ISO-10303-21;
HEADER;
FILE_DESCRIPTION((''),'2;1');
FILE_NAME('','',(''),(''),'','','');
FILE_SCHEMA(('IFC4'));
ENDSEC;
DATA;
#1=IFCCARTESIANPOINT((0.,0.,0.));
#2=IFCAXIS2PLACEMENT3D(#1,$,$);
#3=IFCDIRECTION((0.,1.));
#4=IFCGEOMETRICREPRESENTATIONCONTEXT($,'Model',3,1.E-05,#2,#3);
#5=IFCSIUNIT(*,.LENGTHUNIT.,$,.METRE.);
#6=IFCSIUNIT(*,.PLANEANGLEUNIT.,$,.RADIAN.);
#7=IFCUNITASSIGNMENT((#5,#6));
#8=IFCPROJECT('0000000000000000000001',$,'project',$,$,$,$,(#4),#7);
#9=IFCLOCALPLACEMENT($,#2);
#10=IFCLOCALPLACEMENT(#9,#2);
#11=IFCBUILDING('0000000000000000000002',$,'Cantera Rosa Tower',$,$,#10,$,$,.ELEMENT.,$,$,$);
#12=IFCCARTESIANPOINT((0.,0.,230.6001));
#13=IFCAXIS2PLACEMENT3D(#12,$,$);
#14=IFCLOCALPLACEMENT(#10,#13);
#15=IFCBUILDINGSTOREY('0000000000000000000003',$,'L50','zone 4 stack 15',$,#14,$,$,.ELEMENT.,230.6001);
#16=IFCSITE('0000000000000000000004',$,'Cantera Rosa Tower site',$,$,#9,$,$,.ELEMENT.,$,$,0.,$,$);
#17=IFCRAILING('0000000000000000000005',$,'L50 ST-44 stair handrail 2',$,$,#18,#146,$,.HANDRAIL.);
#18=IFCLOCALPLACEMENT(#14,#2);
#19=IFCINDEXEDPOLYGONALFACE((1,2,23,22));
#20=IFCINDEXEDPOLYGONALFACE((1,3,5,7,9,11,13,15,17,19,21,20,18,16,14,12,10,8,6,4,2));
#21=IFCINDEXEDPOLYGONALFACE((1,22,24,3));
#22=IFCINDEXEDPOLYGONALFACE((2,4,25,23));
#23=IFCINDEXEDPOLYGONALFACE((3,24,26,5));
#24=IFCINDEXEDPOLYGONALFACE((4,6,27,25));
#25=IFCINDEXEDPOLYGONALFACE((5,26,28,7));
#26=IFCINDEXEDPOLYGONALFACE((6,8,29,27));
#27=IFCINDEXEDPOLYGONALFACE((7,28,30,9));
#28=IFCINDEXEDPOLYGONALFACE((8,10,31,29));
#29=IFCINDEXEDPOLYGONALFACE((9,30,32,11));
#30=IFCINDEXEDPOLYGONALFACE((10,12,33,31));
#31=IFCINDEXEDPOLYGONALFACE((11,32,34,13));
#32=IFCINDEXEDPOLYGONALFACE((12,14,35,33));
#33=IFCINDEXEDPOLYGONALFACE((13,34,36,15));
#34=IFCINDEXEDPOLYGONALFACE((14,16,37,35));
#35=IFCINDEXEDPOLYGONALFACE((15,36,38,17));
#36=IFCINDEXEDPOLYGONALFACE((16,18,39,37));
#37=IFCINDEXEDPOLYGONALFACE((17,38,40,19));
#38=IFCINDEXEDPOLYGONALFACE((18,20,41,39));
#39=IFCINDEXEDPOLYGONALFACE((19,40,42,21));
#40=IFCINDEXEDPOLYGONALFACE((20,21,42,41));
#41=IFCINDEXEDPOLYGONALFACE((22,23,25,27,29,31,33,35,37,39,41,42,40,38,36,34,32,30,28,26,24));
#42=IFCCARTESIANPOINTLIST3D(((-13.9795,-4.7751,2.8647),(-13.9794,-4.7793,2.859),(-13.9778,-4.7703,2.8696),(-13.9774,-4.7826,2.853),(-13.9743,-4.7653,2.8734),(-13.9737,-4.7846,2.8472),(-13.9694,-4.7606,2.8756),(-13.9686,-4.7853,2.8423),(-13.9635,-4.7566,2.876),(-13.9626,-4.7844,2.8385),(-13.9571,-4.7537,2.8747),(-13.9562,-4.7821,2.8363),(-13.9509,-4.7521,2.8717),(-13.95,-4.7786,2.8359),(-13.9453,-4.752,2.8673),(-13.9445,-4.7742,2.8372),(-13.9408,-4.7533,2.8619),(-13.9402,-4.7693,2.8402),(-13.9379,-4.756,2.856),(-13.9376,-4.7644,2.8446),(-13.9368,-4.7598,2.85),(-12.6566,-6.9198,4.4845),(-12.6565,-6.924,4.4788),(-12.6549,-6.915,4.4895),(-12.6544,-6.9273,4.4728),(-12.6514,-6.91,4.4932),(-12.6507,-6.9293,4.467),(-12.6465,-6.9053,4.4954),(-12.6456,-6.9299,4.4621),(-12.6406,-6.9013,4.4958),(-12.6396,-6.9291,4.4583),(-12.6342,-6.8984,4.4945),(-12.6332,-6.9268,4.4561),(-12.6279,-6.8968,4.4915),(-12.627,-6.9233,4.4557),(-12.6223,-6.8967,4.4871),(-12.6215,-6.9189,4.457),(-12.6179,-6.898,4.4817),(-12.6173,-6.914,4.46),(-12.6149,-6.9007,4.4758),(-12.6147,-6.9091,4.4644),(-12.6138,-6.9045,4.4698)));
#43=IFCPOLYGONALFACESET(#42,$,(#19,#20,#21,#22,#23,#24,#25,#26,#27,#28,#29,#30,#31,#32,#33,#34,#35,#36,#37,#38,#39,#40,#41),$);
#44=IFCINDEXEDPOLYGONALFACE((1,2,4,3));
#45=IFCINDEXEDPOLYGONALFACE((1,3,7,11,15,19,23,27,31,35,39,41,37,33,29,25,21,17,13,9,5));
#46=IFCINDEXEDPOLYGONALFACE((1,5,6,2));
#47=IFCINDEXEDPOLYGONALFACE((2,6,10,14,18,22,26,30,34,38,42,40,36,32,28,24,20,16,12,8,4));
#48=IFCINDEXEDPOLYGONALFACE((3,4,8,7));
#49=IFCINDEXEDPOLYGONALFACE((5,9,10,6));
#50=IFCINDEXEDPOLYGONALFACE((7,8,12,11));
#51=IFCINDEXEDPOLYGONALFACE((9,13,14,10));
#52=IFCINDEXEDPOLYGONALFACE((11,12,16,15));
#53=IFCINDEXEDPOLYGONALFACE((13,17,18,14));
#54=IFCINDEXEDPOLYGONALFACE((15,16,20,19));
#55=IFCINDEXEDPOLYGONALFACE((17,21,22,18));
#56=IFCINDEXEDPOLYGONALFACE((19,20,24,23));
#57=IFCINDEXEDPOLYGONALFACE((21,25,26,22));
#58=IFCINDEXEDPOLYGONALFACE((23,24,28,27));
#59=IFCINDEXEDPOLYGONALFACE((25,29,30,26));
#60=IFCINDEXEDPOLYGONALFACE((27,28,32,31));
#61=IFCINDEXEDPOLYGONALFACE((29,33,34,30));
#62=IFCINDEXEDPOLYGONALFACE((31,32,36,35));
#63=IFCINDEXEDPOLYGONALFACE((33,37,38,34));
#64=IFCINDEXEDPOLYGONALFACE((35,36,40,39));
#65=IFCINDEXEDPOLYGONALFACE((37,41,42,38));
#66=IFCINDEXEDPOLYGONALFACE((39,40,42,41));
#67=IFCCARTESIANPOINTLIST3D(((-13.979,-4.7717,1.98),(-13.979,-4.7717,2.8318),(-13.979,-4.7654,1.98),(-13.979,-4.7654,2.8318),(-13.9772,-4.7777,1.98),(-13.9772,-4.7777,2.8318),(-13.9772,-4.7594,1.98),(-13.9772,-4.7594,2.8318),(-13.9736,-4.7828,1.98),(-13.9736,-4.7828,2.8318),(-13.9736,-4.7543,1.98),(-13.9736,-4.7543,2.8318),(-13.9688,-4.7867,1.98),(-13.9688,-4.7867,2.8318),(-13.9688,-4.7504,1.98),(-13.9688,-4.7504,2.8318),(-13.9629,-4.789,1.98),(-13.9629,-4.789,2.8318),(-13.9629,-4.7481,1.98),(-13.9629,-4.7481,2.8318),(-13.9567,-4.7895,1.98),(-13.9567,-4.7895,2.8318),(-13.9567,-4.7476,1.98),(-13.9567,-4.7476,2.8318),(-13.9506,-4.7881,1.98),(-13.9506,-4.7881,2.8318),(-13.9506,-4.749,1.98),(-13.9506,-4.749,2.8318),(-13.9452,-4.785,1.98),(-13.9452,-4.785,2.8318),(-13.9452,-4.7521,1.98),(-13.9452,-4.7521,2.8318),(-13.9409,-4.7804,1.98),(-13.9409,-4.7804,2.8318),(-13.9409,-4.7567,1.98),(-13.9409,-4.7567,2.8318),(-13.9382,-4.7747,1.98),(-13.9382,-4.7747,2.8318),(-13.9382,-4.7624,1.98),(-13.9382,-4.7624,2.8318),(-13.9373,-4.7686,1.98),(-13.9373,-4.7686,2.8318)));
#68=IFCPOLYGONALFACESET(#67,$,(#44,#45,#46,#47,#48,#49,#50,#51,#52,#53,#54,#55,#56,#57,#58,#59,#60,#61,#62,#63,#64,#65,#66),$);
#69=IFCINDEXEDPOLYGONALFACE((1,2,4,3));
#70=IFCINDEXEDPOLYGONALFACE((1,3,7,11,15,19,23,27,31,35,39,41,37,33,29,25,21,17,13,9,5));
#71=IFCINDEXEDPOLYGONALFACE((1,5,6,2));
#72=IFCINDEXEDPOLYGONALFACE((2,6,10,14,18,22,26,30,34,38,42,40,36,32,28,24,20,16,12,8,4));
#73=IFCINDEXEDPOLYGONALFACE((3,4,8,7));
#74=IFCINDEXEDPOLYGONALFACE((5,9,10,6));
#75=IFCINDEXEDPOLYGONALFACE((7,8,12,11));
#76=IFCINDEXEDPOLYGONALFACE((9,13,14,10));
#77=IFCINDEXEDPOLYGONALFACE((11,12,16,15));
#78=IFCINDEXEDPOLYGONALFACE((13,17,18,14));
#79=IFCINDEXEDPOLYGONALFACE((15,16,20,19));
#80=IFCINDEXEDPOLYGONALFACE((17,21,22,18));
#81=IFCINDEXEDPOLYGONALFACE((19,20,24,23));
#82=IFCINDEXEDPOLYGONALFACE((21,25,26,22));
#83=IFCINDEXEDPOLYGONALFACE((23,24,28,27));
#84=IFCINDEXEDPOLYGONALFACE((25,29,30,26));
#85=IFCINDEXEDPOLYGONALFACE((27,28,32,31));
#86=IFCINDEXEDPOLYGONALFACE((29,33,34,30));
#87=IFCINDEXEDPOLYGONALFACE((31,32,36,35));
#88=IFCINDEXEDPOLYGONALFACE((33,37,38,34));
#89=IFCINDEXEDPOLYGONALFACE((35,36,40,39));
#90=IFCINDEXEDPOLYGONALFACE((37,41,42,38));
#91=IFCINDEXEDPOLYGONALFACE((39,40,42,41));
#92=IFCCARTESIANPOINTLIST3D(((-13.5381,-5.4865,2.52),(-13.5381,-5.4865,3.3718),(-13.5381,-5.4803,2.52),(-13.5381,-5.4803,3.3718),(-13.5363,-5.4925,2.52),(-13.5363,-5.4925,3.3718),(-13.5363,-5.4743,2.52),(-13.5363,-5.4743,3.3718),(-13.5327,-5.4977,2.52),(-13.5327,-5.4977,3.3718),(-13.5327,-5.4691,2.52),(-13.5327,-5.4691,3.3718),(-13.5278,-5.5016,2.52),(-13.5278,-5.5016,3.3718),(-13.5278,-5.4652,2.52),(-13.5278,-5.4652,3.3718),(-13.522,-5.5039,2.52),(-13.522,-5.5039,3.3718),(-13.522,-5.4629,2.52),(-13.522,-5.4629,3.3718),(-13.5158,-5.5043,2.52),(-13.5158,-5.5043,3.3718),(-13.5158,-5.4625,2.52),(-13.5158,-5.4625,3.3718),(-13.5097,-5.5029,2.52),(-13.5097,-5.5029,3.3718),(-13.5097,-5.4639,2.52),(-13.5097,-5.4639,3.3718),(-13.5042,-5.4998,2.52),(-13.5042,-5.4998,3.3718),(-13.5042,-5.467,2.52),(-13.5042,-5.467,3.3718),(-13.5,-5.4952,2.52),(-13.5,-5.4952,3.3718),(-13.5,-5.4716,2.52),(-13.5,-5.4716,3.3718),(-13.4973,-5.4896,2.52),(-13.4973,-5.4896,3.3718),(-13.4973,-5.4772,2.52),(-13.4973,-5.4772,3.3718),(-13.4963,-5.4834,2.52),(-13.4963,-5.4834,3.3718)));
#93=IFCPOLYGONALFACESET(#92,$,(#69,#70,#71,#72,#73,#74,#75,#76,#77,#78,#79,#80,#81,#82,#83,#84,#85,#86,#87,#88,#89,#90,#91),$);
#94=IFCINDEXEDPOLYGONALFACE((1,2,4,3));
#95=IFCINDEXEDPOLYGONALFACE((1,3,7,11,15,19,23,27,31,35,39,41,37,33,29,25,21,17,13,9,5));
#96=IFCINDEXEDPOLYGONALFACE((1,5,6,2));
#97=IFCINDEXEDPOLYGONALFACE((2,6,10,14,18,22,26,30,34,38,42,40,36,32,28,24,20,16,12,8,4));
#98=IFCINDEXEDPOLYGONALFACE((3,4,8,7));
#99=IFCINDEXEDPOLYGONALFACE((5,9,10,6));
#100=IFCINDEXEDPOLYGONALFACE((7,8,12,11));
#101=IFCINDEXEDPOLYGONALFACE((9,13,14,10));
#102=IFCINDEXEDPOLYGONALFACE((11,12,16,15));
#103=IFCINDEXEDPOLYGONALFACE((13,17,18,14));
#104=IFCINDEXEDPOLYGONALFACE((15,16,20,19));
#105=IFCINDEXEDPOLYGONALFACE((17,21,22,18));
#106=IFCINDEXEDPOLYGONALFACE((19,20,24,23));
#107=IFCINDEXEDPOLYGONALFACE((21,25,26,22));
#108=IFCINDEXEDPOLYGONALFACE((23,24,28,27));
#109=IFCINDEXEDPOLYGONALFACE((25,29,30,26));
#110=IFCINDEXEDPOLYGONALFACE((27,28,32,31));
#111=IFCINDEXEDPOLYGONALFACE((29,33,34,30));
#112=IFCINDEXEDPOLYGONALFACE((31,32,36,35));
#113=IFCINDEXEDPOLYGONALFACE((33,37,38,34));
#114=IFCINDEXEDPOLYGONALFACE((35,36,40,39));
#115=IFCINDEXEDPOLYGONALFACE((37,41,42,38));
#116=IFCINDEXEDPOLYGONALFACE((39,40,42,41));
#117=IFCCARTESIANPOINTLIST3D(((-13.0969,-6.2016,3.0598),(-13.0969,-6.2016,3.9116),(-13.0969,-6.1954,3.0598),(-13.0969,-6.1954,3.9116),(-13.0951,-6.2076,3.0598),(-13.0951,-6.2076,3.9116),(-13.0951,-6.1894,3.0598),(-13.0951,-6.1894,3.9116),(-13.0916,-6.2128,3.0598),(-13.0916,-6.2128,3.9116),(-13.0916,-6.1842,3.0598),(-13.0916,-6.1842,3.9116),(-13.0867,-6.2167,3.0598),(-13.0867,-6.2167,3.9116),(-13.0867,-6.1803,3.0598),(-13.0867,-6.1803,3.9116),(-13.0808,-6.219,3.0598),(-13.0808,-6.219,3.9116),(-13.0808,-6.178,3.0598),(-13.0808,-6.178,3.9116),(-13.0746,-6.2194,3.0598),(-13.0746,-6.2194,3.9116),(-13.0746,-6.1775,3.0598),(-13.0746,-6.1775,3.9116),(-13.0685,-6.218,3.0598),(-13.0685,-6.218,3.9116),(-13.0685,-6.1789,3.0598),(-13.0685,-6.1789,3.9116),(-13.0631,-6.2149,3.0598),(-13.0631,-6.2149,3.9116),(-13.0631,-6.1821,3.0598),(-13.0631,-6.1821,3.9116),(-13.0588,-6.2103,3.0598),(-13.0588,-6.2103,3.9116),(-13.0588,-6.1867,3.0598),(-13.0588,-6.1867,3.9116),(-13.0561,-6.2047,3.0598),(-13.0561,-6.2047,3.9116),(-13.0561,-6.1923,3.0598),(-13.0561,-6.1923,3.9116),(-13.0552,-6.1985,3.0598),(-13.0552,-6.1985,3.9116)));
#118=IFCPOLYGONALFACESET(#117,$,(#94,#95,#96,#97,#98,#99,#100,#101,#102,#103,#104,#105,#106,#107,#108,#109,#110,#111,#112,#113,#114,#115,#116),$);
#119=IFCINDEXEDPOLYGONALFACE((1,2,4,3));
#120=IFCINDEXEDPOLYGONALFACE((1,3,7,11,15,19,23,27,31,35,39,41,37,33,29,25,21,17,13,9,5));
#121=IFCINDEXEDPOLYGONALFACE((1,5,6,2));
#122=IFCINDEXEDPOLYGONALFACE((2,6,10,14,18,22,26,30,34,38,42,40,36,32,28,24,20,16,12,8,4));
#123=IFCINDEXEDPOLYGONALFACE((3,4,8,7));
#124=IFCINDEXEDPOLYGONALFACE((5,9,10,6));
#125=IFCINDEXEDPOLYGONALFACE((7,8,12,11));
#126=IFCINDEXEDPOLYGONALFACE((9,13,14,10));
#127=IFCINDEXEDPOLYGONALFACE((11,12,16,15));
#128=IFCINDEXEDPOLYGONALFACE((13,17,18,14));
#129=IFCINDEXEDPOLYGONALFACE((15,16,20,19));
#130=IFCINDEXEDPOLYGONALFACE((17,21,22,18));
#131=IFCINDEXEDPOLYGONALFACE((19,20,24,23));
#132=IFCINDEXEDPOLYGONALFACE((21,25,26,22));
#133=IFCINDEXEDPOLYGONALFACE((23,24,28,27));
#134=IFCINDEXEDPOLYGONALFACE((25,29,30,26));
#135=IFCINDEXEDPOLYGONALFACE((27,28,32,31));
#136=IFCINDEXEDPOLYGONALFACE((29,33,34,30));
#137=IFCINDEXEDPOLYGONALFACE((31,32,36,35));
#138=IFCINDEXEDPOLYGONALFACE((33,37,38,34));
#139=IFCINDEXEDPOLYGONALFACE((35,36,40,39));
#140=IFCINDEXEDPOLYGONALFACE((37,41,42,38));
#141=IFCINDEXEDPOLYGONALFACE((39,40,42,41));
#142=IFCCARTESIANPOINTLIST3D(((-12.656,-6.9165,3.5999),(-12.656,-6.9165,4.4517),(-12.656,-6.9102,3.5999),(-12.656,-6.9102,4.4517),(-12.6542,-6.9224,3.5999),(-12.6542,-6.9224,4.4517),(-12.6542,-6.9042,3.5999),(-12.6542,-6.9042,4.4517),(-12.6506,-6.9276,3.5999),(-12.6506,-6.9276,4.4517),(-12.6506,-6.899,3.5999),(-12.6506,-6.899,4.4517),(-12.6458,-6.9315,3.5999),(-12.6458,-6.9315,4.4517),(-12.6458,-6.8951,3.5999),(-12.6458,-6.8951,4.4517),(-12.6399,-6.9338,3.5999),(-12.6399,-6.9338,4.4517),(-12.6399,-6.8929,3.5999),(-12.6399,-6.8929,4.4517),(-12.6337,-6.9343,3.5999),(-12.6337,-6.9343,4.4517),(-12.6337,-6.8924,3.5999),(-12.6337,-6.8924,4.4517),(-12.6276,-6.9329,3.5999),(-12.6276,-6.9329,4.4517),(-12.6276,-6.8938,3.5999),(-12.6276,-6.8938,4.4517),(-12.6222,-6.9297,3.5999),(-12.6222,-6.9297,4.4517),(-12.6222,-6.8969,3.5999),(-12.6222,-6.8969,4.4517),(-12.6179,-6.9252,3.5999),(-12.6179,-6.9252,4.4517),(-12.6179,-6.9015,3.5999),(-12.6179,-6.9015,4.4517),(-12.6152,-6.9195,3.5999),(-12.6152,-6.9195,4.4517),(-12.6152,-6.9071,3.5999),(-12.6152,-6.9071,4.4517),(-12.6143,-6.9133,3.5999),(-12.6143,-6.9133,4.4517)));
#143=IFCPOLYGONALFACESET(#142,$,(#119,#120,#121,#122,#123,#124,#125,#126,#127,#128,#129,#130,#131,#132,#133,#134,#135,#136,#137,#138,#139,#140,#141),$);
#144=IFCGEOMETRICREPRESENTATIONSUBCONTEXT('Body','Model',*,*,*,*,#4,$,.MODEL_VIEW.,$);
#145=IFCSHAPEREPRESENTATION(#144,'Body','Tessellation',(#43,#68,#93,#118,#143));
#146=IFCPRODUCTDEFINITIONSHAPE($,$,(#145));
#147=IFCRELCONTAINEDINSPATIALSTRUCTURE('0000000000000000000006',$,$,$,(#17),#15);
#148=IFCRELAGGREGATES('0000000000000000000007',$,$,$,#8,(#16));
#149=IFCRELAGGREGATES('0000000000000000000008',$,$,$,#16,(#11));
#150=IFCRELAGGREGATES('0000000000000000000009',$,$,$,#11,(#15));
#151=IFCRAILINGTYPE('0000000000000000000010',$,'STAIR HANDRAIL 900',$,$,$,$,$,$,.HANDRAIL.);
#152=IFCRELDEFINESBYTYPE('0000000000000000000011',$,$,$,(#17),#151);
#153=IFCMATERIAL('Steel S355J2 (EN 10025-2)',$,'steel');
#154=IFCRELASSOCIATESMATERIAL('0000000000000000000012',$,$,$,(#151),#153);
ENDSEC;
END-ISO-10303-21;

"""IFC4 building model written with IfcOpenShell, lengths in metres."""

from ifc_helpers import new_model, si_unit, direction, frame, origin, origin_2d, place, context, subcontext, project, spatial, circle, extrude, material, type_object, element, save


model = new_model("IFC4")

# Units and contexts
model_context = context("Model", 3, precision=1e-05, world=origin(), true_north=direction((0.0, 1.0)))
body_context = subcontext(model_context, "Body", "Model", "MODEL_VIEW")
ifc_project = project(units=[si_unit("LENGTHUNIT", "METRE"), si_unit("PLANEANGLEUNIT", "RADIAN")], contexts=[model_context])

# Site, building, storey
site_placement = place(None, origin())
site = spatial("IfcSite", under=ifc_project, at=site_placement, Name="Cantera Rosa Tower site", CompositionType="ELEMENT", RefElevation=0.0)
building_placement = place(site_placement, origin())
building = spatial("IfcBuilding", under=site, at=building_placement, Name="Cantera Rosa Tower", CompositionType="ELEMENT")
storey_placement = place(building_placement, frame((0.0, 0.0, 230.6001)))
storey = spatial("IfcBuildingStorey", under=building, at=storey_placement, Name="L50", Description="zone 4 stack 15", CompositionType="ELEMENT", Elevation=230.6001)

# Railing
ifc_material_1 = material(Name="Steel S355J2 (EN 10025-2)", Category="steel")
railing_type_1 = type_object("IfcRailingType", Name="STAIR HANDRAIL 900", PredefinedType="HANDRAIL", material=ifc_material_1)
railing_1_placement = place(storey_placement, frame((-13.9583, -4.7686, 1.98)))
element("IfcRailing", 1, at=railing_1_placement, inside=storey, type_object=railing_type_1, Name="L50 ST-44 stair handrail 2", PredefinedType="HANDRAIL", context=body_context, shape_type="SweptSolid", body=[
    extrude(circle(Radius=0.0239, at=origin_2d()), frame((0.0, 0.0, 0.876), z_axis=(0.441629, -0.715945, 0.540728), x_axis=(0.851102, 0.525, 0.0)), (0.0, 0.0, 1.0), 2.9956),
    extrude(circle(Radius=0.021, at=origin_2d()), origin(), (0.0, 0.0, 1.0), 0.8518),
    extrude(circle(Radius=0.021, at=origin_2d()), frame((0.4409, -0.7148, 0.54)), (0.0, 0.0, 1.0), 0.8518),
    extrude(circle(Radius=0.021, at=origin_2d()), frame((0.8821, -1.4299, 1.0798)), (0.0, 0.0, 1.0), 0.8518),
    extrude(circle(Radius=0.021, at=origin_2d()), frame((1.323, -2.1448, 1.6199)), (0.0, 0.0, 1.0), 0.8518),
])

save(model, "model.ifc")
